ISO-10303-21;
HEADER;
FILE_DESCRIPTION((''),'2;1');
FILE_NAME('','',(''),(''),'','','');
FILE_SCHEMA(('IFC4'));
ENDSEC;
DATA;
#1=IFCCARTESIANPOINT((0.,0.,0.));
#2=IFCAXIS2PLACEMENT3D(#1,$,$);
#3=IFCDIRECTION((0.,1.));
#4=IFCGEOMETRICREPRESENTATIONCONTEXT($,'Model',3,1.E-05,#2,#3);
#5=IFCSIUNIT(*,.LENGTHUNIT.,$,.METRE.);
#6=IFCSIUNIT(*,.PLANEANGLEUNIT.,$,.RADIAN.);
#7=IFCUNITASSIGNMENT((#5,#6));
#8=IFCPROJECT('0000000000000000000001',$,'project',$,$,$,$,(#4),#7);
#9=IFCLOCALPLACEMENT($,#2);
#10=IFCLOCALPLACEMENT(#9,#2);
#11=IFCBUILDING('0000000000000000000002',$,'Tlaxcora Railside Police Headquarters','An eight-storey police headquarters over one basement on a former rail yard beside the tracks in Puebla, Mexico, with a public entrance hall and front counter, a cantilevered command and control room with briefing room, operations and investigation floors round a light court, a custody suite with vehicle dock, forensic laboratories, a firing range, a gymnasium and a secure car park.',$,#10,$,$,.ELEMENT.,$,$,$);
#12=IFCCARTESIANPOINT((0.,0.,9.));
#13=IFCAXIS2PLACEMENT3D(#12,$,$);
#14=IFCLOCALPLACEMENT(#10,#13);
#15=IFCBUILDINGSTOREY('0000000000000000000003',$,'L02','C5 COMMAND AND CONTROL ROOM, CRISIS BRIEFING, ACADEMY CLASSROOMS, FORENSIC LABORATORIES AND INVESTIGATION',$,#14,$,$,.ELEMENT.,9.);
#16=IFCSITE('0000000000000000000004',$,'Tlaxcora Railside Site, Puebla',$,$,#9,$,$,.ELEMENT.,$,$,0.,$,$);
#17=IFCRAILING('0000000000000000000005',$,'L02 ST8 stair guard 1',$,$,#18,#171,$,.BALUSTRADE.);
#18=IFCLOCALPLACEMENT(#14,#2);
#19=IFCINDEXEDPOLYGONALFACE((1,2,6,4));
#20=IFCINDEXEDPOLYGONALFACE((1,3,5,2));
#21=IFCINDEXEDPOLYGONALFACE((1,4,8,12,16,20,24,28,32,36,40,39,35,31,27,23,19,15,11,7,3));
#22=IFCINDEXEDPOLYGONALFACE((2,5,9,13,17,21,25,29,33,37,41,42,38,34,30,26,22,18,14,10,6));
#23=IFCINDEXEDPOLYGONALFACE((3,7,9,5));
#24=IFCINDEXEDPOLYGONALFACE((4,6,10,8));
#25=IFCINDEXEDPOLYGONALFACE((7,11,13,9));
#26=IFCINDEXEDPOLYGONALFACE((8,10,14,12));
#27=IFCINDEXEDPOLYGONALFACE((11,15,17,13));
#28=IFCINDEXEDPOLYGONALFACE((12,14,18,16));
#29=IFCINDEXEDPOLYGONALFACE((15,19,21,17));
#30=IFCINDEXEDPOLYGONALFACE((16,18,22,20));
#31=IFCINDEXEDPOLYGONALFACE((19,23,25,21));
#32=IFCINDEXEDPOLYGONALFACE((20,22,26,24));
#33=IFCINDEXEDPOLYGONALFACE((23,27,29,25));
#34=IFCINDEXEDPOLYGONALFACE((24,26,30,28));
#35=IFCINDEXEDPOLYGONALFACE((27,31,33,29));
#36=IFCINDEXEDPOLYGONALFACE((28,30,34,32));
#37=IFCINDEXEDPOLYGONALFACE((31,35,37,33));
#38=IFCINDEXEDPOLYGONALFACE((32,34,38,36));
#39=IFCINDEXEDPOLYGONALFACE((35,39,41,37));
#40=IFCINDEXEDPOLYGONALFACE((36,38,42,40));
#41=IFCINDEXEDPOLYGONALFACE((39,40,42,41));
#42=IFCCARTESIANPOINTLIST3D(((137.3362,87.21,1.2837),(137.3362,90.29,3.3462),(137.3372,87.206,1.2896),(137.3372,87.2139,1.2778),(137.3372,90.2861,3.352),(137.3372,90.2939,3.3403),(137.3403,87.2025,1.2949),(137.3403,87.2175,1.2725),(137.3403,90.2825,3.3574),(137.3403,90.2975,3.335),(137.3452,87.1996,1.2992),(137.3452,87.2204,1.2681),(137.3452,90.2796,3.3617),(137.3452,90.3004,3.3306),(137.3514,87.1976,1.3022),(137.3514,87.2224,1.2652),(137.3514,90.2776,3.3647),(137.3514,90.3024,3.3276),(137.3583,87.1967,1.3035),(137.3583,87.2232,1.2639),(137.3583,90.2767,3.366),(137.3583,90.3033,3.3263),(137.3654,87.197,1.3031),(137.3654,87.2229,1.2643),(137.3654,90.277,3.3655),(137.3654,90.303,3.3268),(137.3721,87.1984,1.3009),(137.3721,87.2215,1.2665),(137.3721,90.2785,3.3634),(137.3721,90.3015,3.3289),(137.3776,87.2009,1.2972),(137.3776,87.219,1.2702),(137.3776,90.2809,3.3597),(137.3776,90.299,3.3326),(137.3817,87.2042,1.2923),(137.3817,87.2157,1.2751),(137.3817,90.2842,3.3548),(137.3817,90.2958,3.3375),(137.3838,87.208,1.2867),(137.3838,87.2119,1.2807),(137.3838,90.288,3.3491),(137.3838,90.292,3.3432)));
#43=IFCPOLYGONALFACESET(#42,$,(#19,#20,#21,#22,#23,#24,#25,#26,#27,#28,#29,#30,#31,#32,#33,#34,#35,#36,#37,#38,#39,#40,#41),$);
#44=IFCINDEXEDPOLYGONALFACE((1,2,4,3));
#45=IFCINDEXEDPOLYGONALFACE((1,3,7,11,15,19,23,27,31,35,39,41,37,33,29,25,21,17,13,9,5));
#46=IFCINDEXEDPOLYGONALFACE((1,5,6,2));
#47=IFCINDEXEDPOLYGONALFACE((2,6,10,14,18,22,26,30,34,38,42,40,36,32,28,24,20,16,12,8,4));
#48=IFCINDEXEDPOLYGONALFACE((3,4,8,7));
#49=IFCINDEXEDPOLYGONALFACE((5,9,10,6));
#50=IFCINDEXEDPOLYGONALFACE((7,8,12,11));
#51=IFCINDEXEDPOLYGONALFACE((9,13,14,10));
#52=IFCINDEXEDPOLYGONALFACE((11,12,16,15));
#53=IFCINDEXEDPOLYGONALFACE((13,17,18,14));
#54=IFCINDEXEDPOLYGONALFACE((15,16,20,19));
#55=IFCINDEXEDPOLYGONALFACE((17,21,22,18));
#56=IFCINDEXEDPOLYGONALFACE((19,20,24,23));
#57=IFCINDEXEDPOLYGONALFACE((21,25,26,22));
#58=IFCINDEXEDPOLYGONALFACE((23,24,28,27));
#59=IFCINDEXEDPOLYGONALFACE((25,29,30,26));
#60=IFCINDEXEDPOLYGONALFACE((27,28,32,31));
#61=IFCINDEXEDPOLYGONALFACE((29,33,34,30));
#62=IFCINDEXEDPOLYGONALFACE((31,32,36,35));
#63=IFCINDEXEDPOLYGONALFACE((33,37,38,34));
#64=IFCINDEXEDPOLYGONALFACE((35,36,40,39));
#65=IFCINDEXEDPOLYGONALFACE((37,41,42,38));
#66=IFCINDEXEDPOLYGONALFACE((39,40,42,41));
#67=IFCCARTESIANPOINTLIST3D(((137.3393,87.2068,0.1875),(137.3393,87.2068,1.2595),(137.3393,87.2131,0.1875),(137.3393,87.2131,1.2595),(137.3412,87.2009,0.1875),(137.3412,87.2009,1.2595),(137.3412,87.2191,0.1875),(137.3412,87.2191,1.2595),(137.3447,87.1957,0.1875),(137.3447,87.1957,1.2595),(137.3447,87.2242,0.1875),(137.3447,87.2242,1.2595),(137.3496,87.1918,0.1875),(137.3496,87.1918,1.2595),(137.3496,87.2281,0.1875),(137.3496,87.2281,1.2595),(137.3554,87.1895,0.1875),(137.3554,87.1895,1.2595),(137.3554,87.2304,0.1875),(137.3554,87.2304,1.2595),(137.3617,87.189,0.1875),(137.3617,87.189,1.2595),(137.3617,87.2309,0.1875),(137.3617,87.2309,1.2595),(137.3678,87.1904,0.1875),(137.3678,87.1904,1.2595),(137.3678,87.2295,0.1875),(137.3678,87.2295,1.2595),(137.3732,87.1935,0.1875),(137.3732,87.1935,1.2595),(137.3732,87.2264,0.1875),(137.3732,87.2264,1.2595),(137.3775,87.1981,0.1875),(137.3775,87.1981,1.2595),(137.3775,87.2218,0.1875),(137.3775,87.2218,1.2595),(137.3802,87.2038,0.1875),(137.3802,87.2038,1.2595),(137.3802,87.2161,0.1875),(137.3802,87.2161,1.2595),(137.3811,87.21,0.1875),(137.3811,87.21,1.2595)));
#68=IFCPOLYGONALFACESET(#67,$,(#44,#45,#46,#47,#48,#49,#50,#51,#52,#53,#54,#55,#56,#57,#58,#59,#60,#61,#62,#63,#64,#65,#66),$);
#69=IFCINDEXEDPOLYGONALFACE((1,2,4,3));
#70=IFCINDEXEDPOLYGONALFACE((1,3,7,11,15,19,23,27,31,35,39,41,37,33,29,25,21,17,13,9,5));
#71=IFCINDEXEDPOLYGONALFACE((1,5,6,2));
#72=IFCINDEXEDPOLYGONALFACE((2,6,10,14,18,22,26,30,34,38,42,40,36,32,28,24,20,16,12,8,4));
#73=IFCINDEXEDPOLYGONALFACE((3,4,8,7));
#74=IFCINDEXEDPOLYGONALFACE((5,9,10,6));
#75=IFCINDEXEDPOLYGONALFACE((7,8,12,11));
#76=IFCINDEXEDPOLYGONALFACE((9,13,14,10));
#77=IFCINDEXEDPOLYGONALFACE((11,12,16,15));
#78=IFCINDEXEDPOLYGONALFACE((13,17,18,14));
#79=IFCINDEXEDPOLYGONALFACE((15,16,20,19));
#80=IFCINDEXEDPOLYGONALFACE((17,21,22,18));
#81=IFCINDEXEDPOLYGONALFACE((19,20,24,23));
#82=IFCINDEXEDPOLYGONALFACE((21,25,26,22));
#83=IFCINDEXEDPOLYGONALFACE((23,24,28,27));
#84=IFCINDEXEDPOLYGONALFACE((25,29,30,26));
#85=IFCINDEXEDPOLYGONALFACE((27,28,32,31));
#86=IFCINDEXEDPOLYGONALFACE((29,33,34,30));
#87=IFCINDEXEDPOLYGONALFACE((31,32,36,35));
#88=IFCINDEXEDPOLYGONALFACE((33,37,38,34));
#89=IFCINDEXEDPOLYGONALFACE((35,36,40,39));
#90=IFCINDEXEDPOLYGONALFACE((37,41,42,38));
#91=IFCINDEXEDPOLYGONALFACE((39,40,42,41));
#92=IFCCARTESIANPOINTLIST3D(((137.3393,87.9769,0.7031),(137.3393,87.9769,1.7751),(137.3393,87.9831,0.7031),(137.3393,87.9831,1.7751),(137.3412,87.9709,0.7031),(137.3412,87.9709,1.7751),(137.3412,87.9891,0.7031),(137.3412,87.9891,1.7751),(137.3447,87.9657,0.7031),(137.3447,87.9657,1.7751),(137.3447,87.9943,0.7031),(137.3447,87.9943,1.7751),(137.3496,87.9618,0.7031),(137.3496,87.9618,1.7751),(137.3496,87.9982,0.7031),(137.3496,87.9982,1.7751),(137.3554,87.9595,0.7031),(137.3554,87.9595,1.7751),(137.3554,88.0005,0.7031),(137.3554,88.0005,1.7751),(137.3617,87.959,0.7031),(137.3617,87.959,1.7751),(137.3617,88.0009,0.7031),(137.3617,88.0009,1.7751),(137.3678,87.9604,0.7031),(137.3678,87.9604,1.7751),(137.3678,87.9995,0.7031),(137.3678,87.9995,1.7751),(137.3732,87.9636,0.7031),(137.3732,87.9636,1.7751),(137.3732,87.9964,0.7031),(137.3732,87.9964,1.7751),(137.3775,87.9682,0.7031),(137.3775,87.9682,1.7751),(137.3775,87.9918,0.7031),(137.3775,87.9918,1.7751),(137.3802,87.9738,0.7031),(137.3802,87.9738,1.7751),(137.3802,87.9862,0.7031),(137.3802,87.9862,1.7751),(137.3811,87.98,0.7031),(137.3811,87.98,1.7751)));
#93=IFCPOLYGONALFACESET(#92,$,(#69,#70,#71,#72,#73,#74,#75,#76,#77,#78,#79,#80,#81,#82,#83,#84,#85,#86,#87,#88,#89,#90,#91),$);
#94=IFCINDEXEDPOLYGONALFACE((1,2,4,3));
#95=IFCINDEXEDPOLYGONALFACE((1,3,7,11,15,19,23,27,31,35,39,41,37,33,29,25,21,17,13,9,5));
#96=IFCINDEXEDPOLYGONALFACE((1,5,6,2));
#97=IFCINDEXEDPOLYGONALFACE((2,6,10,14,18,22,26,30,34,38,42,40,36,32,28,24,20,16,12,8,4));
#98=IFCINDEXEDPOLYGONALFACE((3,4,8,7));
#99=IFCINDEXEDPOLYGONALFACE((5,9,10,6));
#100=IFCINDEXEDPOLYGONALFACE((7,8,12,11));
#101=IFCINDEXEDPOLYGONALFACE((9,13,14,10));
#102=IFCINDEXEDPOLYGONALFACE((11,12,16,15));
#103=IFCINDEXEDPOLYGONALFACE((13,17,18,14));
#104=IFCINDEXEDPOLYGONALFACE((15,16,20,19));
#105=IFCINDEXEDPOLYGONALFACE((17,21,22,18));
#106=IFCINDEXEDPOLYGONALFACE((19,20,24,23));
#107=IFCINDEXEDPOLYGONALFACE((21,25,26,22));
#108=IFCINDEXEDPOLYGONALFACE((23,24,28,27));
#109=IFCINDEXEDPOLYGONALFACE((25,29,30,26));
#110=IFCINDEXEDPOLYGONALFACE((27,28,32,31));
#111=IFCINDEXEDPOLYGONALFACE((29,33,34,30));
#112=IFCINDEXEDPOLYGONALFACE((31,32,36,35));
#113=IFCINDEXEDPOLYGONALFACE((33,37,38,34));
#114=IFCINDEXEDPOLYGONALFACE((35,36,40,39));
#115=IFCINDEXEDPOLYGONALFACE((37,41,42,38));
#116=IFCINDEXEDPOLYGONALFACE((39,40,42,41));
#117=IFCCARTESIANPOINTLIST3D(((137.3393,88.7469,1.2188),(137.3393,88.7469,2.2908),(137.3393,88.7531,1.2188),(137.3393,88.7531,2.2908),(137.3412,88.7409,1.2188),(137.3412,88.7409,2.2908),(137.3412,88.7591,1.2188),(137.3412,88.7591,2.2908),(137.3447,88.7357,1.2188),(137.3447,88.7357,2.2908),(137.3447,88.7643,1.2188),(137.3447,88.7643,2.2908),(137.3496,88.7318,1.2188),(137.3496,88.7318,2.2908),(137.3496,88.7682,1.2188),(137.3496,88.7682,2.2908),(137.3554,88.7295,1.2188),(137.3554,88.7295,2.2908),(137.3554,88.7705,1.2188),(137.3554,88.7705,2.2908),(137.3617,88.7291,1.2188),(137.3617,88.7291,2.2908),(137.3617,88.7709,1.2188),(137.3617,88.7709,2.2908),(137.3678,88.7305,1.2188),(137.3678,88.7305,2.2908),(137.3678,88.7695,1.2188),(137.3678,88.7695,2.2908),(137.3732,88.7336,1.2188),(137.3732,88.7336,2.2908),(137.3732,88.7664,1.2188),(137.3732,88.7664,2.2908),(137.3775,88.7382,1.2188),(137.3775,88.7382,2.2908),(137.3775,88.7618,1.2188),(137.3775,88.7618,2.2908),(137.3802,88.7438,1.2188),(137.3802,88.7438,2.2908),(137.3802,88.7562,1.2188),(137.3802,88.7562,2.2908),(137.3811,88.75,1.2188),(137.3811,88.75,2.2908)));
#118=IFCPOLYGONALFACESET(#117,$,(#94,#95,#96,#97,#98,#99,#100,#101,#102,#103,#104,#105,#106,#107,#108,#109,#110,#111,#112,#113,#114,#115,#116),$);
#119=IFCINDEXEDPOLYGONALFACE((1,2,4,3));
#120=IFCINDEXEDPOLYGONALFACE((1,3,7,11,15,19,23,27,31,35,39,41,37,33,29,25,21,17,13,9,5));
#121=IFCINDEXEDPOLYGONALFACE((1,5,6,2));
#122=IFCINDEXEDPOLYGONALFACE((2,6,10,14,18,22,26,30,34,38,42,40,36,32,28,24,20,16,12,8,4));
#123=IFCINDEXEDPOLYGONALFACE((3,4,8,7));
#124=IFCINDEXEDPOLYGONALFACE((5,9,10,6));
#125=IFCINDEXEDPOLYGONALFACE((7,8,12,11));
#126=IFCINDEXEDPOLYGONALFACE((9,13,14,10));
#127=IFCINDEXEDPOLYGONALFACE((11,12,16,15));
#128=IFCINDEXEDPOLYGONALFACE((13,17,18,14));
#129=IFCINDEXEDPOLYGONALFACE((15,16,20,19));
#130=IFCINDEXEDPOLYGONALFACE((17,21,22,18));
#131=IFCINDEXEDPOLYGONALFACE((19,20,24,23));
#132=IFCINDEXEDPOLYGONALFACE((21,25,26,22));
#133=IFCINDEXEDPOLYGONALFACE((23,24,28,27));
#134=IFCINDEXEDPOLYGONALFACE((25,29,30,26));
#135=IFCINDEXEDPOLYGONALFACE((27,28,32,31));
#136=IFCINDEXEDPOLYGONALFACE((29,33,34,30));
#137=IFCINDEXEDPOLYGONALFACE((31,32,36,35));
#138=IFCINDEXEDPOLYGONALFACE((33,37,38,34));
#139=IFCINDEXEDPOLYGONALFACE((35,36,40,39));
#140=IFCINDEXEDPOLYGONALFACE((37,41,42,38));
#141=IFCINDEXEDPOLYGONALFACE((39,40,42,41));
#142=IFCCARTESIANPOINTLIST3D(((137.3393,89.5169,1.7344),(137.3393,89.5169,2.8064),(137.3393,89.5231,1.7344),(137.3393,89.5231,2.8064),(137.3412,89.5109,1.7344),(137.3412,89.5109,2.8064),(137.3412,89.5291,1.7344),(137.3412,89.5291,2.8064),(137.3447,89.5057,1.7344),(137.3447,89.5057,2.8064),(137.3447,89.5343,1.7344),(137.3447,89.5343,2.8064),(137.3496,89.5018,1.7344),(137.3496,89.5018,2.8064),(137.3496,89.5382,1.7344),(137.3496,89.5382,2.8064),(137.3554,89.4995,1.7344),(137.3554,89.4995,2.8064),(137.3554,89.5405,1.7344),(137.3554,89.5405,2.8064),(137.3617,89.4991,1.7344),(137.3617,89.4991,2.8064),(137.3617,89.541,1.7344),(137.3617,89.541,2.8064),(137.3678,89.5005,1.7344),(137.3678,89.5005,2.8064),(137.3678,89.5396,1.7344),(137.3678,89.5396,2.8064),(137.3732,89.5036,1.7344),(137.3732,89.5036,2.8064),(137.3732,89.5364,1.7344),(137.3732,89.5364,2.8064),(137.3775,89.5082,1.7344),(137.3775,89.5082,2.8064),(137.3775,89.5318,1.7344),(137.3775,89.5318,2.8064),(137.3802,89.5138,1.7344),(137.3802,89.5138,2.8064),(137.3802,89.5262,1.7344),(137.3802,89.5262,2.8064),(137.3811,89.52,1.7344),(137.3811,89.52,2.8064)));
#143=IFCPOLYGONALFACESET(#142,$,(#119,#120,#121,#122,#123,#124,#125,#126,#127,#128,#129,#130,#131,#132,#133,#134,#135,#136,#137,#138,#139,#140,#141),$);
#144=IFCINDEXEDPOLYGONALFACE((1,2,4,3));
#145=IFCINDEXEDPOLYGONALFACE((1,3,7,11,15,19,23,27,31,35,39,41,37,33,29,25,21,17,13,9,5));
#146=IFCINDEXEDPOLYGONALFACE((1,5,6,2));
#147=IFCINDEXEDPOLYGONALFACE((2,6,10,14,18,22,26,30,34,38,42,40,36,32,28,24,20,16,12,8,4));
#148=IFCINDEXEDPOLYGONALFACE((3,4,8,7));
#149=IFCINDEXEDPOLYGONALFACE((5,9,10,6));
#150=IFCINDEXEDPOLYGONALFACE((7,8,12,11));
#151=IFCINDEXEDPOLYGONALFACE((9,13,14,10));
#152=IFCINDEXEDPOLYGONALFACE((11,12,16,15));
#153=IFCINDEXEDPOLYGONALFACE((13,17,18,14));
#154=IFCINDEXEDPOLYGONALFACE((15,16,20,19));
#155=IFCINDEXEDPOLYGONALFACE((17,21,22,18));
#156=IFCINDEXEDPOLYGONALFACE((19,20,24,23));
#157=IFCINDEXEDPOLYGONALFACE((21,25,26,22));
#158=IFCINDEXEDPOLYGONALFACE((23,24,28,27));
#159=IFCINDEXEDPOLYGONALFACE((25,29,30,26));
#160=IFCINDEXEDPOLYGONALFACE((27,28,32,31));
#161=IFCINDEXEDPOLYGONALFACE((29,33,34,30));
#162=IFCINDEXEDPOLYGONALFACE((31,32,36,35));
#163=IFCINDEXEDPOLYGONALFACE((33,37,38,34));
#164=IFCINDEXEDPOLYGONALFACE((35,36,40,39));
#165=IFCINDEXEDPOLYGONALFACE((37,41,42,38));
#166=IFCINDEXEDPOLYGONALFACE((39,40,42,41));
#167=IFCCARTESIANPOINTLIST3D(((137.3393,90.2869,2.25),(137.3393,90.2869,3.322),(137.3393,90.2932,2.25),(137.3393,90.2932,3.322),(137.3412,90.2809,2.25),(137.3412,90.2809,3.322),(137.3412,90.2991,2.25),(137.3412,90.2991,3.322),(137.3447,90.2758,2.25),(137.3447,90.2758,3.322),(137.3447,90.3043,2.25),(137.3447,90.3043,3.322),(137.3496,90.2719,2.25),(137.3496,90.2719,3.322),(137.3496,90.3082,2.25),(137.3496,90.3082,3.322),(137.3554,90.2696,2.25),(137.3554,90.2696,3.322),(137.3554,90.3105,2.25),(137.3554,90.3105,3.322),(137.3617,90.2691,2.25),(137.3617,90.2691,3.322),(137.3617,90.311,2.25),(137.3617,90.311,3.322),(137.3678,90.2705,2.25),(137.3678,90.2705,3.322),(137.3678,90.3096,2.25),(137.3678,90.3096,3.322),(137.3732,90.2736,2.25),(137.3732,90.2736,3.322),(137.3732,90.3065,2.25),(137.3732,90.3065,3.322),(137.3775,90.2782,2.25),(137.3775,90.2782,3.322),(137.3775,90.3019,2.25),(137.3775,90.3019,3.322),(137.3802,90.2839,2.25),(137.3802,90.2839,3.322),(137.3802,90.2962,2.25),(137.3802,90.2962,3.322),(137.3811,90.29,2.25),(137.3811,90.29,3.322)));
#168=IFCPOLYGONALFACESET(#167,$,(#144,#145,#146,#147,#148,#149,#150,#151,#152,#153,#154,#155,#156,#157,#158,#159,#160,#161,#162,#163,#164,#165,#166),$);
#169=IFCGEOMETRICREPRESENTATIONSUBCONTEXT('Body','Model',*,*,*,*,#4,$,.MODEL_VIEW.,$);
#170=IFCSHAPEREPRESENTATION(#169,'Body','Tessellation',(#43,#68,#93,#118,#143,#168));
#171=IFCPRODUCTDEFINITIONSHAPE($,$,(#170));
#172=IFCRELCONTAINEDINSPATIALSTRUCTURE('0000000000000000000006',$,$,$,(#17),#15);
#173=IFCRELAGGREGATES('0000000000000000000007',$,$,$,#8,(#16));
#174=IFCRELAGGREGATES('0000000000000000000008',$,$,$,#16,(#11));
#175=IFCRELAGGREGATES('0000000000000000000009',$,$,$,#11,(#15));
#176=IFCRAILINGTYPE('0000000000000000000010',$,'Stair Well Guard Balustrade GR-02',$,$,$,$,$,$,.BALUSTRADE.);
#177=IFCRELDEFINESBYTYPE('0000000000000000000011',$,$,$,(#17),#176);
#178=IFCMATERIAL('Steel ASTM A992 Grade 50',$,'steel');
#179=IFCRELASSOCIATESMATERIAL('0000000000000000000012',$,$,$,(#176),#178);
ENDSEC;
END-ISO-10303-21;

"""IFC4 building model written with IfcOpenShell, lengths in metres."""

from ifc_helpers import new_model, si_unit, direction, frame, origin, origin_2d, place, context, subcontext, project, spatial, circle, extrude, material, type_object, element, save


model = new_model("IFC4")

# Units and contexts
model_context = context("Model", 3, precision=1e-05, world=origin(), true_north=direction((0.0, 1.0)))
body_context = subcontext(model_context, "Body", "Model", "MODEL_VIEW")
ifc_project = project(units=[si_unit("LENGTHUNIT", "METRE"), si_unit("PLANEANGLEUNIT", "RADIAN")], contexts=[model_context])

# Site, building, storey
site_placement = place(None, origin())
site = spatial("IfcSite", under=ifc_project, at=site_placement, Name="Tlaxcora Railside Site, Puebla", CompositionType="ELEMENT", RefElevation=0.0)
building_placement = place(site_placement, origin())
building = spatial("IfcBuilding", under=site, at=building_placement, Name="Tlaxcora Railside Police Headquarters", Description="An eight-storey police headquarters over one basement on a former rail yard beside the tracks in Puebla, Mexico, with a public entrance hall and front counter, a cantilevered command and control room with briefing room, operations and investigation floors round a light court, a custody suite with vehicle dock, forensic laboratories, a firing range, a gymnasium and a secure car park.", CompositionType="ELEMENT")
storey_placement = place(building_placement, frame((0.0, 0.0, 9.0)))
storey = spatial("IfcBuildingStorey", under=building, at=storey_placement, Name="L02", Description="C5 COMMAND AND CONTROL ROOM, CRISIS BRIEFING, ACADEMY CLASSROOMS, FORENSIC LABORATORIES AND INVESTIGATION", CompositionType="ELEMENT", Elevation=9.0)

# Shared definitions
ifc_material_1 = material(Name="Steel ASTM A992 Grade 50", Category="steel")

# Railing
railing_type_1 = type_object("IfcRailingType", Name="Stair Well Guard Balustrade GR-02", PredefinedType="BALUSTRADE", material=ifc_material_1)
railing_1_placement = place(storey_placement, frame((137.3601, 87.21, 0.1875)))
element("IfcRailing", 1, at=railing_1_placement, inside=storey, type_object=railing_type_1, Name="L02 ST8 stair guard 1", PredefinedType="BALUSTRADE", context=body_context, shape_type="SweptSolid", body=[
    extrude(circle(Radius=0.0239, at=origin_2d()), frame((0.0, 0.0, 1.0962), z_axis=(0.0, 0.830914, 0.556401), x_axis=(-1.0, 0.0, 0.0)), (0.0, 0.0, 1.0), 3.7068),
    extrude(circle(Radius=0.021, at=origin_2d()), origin(), (0.0, 0.0, 1.0), 1.072),
    extrude(circle(Radius=0.021, at=origin_2d()), frame((0.0, 0.77, 0.5156)), (0.0, 0.0, 1.0), 1.072),
    extrude(circle(Radius=0.021, at=origin_2d()), frame((0.0, 1.54, 1.0312)), (0.0, 0.0, 1.0), 1.072),
    extrude(circle(Radius=0.021, at=origin_2d()), frame((0.0, 2.3101, 1.5469)), (0.0, 0.0, 1.0), 1.072),
    extrude(circle(Radius=0.021, at=origin_2d()), frame((0.0, 3.0801, 2.0625)), (0.0, 0.0, 1.0), 1.072),
])

save(model, "model.ifc")
